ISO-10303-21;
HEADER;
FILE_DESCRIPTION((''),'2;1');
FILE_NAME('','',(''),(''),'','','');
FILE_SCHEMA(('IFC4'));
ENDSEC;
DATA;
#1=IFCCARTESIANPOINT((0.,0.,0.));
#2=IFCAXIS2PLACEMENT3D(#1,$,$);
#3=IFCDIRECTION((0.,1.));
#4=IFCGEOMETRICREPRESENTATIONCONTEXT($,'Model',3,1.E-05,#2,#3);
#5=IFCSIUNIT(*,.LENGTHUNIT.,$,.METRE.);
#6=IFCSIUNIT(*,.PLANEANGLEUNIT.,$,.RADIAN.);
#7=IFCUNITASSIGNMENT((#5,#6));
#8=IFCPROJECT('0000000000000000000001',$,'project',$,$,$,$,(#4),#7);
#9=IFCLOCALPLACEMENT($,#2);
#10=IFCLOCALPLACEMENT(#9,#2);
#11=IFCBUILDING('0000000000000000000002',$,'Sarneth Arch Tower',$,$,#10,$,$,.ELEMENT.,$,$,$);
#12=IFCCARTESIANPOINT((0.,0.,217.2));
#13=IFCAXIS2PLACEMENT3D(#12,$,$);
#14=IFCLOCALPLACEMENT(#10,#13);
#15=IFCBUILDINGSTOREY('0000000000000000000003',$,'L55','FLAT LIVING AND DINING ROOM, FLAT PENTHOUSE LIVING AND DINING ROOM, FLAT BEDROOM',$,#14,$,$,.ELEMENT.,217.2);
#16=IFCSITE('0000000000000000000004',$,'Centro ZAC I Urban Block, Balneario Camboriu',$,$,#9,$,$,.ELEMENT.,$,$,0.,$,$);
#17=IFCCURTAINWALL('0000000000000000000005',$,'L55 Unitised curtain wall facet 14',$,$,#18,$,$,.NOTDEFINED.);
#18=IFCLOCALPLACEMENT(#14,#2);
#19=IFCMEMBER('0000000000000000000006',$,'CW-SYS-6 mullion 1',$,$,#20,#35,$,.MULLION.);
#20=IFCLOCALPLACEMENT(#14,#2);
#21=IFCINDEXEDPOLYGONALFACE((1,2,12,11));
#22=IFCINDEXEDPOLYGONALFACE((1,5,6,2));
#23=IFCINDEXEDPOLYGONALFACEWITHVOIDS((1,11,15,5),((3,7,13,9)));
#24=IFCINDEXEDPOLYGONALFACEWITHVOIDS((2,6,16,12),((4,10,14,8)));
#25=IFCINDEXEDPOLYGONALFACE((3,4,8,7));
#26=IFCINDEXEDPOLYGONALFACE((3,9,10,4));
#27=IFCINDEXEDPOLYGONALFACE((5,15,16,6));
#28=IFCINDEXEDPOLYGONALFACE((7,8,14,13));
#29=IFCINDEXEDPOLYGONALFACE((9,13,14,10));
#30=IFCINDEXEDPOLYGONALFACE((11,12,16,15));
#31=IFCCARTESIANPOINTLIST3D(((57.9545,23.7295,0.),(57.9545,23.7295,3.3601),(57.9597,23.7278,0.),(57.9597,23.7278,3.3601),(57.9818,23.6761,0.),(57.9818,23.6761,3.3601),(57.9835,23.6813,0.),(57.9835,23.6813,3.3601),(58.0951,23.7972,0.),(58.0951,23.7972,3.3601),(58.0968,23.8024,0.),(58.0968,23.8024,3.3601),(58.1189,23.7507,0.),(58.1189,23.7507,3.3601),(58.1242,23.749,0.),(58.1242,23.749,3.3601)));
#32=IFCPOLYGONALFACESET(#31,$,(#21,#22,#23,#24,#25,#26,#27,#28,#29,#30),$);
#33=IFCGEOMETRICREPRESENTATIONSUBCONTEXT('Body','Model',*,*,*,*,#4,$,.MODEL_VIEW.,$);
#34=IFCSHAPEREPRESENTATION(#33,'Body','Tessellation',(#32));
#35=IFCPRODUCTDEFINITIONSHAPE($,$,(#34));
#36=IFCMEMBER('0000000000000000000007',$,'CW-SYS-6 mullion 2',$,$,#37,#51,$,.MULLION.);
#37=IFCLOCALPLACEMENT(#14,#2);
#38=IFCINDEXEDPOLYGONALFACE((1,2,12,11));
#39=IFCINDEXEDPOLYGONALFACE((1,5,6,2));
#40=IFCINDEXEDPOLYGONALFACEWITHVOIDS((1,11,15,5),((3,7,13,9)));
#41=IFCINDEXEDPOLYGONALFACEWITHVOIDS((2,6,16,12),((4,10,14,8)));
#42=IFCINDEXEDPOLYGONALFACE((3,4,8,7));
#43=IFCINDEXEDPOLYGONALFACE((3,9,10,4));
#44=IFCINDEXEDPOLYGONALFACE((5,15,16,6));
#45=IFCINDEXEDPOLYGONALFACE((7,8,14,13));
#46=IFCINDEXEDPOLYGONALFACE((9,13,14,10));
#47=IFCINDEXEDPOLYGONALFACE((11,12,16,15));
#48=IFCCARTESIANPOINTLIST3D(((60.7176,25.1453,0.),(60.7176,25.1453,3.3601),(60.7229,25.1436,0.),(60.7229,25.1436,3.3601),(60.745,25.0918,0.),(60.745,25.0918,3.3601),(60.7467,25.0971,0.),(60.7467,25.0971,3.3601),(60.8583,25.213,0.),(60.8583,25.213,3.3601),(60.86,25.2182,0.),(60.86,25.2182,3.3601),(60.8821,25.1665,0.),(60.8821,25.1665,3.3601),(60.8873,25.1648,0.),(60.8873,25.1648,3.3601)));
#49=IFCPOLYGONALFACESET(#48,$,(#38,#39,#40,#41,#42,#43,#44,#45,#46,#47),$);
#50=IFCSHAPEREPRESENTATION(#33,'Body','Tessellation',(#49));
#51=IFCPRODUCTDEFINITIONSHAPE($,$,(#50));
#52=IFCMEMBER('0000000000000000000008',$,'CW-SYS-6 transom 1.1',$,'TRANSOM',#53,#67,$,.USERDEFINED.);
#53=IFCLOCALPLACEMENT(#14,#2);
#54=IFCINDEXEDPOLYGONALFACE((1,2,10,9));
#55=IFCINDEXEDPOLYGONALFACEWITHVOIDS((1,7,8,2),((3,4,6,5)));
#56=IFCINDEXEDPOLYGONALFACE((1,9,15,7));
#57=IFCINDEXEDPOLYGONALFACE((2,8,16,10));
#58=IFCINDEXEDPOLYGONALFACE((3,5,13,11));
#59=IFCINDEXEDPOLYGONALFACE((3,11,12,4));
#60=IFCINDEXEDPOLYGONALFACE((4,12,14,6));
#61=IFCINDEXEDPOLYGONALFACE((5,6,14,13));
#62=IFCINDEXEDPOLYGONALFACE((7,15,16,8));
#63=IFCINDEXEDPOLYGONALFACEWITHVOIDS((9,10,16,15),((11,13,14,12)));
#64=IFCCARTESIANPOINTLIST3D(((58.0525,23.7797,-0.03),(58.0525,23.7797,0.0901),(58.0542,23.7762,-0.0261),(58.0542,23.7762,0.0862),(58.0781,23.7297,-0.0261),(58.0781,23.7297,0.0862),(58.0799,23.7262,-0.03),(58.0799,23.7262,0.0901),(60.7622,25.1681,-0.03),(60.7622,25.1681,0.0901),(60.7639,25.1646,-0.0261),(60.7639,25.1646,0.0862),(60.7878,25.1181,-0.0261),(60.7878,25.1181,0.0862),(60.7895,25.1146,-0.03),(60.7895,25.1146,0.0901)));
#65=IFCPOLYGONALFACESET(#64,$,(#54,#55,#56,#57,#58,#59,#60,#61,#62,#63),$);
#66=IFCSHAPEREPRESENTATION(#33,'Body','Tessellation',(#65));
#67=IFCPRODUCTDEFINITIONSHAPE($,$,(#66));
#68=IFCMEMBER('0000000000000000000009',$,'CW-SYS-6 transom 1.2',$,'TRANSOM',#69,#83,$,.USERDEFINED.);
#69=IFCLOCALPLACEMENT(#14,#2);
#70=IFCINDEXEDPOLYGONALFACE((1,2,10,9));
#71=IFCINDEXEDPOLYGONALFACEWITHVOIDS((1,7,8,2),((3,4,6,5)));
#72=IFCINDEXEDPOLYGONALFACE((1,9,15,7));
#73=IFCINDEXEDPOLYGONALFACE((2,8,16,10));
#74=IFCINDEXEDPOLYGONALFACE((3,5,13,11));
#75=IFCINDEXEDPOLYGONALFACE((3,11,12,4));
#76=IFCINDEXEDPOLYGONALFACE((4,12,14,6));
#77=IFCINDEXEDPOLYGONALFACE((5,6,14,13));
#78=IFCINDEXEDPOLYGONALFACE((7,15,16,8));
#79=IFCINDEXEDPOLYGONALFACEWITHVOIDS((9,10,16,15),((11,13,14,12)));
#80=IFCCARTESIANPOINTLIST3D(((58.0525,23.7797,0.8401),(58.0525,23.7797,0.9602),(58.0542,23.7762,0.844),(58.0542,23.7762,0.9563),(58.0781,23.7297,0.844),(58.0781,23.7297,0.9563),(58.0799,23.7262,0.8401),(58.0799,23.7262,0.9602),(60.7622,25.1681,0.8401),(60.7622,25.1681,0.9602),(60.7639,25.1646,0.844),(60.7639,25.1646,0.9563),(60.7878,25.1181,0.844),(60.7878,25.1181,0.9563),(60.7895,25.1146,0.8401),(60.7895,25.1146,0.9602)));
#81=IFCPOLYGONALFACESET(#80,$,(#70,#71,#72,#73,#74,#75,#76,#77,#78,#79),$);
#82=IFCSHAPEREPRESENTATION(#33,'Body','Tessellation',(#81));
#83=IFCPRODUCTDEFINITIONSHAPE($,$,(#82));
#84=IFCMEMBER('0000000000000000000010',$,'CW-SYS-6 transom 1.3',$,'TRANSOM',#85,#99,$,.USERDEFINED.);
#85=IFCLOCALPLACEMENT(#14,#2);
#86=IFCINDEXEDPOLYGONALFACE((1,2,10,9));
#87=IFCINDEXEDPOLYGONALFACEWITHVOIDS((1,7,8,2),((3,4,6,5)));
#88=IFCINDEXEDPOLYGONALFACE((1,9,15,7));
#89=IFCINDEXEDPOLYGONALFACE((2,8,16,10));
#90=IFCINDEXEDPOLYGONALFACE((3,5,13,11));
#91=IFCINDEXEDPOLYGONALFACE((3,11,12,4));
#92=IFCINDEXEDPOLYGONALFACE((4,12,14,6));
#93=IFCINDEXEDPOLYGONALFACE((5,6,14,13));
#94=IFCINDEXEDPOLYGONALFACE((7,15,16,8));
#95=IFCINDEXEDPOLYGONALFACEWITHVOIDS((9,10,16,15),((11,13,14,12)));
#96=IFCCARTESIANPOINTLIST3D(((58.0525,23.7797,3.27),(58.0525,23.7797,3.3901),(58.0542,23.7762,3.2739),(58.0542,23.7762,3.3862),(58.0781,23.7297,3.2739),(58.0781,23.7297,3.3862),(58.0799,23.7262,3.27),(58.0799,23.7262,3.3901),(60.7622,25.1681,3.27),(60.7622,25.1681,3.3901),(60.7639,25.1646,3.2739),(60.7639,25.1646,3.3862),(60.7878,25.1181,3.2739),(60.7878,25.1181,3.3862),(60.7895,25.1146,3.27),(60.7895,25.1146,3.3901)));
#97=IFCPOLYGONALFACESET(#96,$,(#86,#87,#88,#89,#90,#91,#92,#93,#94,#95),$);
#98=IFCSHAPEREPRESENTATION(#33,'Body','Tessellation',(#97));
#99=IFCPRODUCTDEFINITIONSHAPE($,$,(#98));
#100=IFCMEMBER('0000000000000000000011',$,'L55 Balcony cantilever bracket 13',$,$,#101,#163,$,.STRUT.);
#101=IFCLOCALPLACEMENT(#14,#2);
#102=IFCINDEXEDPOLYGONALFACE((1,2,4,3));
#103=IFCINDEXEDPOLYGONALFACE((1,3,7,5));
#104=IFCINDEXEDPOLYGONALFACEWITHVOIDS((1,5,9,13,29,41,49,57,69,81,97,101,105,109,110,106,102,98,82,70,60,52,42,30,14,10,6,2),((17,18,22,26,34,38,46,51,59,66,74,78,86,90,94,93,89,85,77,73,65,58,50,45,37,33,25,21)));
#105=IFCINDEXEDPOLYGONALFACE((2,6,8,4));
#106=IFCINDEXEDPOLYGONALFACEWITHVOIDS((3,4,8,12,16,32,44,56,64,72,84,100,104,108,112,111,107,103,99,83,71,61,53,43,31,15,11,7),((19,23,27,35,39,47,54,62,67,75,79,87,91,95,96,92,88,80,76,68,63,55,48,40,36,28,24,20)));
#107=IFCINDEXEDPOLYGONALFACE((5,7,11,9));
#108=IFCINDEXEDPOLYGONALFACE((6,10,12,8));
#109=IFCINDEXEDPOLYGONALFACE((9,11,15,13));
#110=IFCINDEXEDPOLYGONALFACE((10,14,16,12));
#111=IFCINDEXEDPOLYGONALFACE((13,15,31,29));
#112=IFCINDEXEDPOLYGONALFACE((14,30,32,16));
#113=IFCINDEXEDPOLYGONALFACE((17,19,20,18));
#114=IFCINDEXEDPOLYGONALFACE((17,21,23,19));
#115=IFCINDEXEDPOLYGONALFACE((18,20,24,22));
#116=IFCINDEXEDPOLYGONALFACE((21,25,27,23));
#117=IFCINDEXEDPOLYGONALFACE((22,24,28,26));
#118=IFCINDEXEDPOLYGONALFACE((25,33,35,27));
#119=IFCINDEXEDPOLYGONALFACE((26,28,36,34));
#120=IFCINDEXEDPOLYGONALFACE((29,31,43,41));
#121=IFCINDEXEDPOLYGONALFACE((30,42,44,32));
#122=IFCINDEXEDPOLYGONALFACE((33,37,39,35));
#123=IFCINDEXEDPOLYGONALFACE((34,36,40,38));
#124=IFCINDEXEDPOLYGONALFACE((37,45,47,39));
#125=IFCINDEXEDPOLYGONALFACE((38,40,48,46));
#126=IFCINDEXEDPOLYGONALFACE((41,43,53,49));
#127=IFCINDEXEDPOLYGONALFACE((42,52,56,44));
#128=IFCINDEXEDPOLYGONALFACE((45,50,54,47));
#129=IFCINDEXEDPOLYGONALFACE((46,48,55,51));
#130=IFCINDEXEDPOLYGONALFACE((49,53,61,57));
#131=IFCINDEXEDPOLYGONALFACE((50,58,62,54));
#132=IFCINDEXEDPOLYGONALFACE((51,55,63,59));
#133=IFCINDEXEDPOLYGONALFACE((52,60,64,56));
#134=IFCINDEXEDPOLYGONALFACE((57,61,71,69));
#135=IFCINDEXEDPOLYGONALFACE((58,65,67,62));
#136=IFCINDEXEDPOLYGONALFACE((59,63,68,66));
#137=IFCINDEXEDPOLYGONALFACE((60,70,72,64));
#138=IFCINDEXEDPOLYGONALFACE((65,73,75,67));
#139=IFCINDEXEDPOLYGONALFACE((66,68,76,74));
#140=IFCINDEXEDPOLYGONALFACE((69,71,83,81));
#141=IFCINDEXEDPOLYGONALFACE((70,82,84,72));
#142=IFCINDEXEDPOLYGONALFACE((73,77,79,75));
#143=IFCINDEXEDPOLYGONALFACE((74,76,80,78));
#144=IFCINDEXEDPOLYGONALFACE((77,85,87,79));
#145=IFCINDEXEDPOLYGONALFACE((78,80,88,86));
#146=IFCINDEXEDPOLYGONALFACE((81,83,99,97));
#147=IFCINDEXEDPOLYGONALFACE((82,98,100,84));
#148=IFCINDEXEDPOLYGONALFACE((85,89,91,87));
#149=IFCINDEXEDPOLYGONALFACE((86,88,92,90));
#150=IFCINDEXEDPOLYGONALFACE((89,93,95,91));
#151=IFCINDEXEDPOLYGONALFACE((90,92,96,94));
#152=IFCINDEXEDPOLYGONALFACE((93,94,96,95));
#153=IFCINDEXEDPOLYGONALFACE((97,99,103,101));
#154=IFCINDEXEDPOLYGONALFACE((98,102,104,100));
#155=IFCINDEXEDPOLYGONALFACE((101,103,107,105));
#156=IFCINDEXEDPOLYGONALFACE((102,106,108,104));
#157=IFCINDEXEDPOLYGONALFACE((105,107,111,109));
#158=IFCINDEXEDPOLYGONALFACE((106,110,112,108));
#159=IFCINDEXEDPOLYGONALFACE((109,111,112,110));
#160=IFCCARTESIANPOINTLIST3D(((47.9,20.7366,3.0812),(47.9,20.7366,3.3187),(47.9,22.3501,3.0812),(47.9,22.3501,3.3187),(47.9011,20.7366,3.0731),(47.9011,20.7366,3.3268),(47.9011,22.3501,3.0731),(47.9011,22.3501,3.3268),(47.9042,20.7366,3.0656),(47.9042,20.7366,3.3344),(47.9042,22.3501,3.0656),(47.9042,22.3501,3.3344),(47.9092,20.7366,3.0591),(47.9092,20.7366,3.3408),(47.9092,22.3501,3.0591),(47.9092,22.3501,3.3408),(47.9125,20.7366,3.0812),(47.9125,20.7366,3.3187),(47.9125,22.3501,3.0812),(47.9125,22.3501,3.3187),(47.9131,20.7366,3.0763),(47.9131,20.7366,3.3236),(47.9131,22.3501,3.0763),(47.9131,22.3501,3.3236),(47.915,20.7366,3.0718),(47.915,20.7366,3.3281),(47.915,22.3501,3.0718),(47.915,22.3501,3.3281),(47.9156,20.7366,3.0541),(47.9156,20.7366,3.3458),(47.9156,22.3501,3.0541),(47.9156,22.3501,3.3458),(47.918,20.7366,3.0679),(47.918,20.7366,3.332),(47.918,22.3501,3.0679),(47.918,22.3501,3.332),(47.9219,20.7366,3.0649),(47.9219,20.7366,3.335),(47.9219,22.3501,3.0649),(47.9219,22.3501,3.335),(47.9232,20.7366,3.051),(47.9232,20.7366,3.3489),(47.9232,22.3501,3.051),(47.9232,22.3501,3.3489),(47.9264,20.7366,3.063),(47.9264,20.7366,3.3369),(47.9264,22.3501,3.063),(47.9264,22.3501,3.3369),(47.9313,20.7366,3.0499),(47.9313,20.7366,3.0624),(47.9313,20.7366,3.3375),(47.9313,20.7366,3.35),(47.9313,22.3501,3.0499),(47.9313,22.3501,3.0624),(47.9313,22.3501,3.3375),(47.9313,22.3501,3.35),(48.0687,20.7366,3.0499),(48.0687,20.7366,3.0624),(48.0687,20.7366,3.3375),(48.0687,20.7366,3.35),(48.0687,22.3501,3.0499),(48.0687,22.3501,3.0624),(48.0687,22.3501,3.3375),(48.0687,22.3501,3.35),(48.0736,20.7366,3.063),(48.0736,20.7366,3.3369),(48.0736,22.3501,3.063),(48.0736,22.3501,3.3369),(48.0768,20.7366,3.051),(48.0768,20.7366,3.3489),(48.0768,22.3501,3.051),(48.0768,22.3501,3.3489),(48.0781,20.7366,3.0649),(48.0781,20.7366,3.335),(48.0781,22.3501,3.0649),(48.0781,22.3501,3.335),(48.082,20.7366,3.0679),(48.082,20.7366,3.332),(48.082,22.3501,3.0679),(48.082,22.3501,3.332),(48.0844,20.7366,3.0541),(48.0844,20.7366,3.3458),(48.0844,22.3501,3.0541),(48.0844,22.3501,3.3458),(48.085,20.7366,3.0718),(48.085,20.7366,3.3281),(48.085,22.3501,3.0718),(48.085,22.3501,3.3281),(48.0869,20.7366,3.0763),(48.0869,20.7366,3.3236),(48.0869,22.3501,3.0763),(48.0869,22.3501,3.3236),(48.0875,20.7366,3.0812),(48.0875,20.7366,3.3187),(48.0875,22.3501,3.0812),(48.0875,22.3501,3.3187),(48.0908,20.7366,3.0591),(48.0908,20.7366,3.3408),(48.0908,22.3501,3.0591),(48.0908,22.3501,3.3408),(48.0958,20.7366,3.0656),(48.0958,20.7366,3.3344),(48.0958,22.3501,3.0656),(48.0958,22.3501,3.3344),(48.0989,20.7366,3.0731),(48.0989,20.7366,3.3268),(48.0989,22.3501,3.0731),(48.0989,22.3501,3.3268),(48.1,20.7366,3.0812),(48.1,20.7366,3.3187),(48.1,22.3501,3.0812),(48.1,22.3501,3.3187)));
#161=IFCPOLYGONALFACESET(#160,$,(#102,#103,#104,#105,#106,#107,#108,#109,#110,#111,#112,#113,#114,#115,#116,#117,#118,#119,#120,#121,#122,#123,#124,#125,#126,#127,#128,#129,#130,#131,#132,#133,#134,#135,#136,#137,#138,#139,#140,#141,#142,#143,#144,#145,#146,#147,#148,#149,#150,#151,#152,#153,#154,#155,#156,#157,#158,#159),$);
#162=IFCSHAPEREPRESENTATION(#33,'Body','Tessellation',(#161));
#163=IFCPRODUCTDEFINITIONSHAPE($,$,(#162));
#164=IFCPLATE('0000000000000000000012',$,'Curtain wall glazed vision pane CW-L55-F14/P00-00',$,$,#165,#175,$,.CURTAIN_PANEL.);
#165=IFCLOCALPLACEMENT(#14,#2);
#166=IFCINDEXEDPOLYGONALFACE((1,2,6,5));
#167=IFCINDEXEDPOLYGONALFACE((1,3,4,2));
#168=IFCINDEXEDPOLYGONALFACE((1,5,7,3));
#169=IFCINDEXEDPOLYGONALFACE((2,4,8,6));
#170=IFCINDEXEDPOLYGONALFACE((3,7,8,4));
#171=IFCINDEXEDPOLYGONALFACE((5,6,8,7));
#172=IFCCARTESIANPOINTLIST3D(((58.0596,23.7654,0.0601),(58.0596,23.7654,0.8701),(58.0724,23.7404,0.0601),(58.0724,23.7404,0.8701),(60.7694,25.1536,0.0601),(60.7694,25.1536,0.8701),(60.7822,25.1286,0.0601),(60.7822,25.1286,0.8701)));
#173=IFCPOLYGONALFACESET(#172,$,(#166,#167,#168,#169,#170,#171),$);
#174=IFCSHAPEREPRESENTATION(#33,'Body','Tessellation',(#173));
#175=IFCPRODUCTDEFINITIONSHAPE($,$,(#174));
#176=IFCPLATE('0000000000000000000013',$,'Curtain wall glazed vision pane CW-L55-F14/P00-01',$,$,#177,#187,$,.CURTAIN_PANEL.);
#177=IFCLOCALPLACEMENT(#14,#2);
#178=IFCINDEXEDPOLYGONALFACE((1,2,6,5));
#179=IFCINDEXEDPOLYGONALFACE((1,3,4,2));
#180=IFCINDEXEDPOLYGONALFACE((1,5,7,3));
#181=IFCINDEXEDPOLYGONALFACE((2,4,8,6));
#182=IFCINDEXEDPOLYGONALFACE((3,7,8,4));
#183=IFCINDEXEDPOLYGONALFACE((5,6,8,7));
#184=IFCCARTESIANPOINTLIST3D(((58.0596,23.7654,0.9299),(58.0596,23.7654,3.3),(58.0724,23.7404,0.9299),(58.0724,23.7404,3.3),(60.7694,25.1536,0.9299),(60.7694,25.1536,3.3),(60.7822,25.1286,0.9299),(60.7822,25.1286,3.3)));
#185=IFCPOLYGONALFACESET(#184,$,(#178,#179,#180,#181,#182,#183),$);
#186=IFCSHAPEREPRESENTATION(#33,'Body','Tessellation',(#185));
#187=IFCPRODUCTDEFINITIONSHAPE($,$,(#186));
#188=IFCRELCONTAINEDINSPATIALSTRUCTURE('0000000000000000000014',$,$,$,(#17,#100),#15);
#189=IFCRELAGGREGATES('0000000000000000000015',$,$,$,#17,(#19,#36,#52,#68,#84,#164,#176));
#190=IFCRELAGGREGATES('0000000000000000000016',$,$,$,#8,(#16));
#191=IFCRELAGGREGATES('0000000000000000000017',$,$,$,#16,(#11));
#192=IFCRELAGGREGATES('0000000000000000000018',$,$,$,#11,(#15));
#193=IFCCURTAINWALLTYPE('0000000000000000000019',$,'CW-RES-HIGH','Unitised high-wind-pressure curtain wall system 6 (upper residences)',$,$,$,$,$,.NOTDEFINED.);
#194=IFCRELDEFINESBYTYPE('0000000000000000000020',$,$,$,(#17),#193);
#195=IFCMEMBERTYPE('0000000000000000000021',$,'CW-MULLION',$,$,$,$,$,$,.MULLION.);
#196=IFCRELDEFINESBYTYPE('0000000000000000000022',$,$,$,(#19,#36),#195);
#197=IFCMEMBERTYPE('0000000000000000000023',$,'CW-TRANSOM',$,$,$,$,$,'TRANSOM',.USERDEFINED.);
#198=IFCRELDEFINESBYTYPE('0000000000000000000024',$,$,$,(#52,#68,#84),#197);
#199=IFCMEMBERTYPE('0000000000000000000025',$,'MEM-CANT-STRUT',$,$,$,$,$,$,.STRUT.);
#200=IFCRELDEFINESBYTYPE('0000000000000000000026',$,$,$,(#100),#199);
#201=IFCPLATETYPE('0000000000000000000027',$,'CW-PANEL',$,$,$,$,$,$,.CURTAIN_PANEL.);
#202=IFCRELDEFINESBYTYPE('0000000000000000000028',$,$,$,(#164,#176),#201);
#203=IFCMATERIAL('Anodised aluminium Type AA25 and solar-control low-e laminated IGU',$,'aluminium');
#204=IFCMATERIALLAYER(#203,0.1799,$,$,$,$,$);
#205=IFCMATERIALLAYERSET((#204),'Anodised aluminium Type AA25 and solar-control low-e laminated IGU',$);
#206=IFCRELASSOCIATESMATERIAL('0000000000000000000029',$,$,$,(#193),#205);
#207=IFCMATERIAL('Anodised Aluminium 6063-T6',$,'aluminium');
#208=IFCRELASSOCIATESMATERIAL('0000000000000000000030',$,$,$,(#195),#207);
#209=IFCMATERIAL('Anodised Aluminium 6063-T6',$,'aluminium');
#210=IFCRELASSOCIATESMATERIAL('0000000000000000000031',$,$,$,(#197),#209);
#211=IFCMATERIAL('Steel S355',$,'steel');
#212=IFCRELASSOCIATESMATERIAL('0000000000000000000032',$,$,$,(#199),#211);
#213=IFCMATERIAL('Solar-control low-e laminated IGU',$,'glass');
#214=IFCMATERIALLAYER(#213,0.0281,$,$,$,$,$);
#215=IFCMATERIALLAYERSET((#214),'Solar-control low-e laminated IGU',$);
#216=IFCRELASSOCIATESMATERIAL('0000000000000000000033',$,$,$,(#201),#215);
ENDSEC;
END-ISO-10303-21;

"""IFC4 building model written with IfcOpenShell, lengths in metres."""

from ifc_helpers import new_model, si_unit, direction, frame, origin, origin_2d, place, context, subcontext, project, spatial, rectangle, hollow_rectangle, extrude, material, layer, layer_set, material_profile, profile_set, type_object, element, aggregate, save


model = new_model("IFC4")

# Units and contexts
model_context = context("Model", 3, precision=1e-05, world=origin(), true_north=direction((0.0, 1.0)))
body_context = subcontext(model_context, "Body", "Model", "MODEL_VIEW")
ifc_project = project(units=[si_unit("LENGTHUNIT", "METRE"), si_unit("PLANEANGLEUNIT", "RADIAN")], contexts=[model_context])

# Site, building, storey
site_placement = place(None, origin())
site = spatial("IfcSite", under=ifc_project, at=site_placement, Name="Centro ZAC I Urban Block, Balneario Camboriu", CompositionType="ELEMENT", RefElevation=0.0)
building_placement = place(site_placement, origin())
building = spatial("IfcBuilding", under=site, at=building_placement, Name="Sarneth Arch Tower", CompositionType="ELEMENT")
storey_placement = place(building_placement, frame((0.0, 0.0, 217.2)))
storey = spatial("IfcBuildingStorey", under=building, at=storey_placement, Name="L55", Description="FLAT LIVING AND DINING ROOM, FLAT PENTHOUSE LIVING AND DINING ROOM, FLAT BEDROOM", CompositionType="ELEMENT", Elevation=217.2)

# Curtain wall, members
ifc_material_1 = material(Name="Anodised aluminium Type AA25 and solar-control low-e laminated IGU", Category="aluminium")
ifc_layer_1 = layer(ifc_material_1, 0.1799)
ifc_layer_set_1 = layer_set([ifc_layer_1], Name="Anodised aluminium Type AA25 and solar-control low-e laminated IGU")
curtain_wall_type = type_object("IfcCurtainWallType", Name="CW-RES-HIGH", Description="Unitised high-wind-pressure curtain wall system 6 (upper residences)", PredefinedType="NOTDEFINED", material=ifc_layer_set_1)
curtain_wall_placement = place(storey_placement, origin())
curtain_wall = element("IfcCurtainWall", 1, at=curtain_wall_placement, inside=storey, type_object=curtain_wall_type, Name="L55 Unitised curtain wall facet 14", PredefinedType="NOTDEFINED")
ifc_material_2 = material(Name="Anodised Aluminium 6063-T6", Category="aluminium")
ifc_material_profile_1 = material_profile(ifc_material_2, hollow_rectangle(XDim=0.0601, YDim=0.1599, WallThickness=0.0039, at=origin_2d()), Name="AL-MULL-160x60x4")
ifc_profile_set_1 = profile_set([ifc_material_profile_1], Name="Anodised Aluminium 6063-T6")
member_type_1 = type_object("IfcMemberType", Name="CW-MULLION", PredefinedType="MULLION", material=ifc_profile_set_1)
member_1_placement = place(storey_placement, frame((58.0393, 23.7393, 0.0), z_axis=(0.0, 0.0, 1.0), x_axis=(-0.455942, 0.89001, 0.0)))
member_1 = element("IfcMember", 2, at=member_1_placement, type_object=member_type_1, Name="CW-SYS-6 mullion 1", PredefinedType="MULLION", context=body_context, shape_type="SweptSolid", body=[
    extrude(hollow_rectangle(XDim=0.0601, YDim=0.1599, WallThickness=0.0039, at=origin_2d()), origin(), (0.0, 0.0, 1.0), 3.3601),
])
member_2_placement = place(storey_placement, frame((60.8025, 25.155, 0.0), z_axis=(0.0, 0.0, 1.0), x_axis=(-0.455942, 0.89001, 0.0)))
member_2 = element("IfcMember", 3, at=member_2_placement, type_object=member_type_1, Name="CW-SYS-6 mullion 2", PredefinedType="MULLION", context=body_context, shape_type="SweptSolid", body=[
    extrude(hollow_rectangle(XDim=0.0601, YDim=0.1599, WallThickness=0.0039, at=origin_2d()), origin(), (0.0, 0.0, 1.0), 3.3601),
])
ifc_material_3 = material(Name="Anodised Aluminium 6063-T6", Category="aluminium")
ifc_material_profile_2 = material_profile(ifc_material_3, hollow_rectangle(XDim=0.0601, YDim=0.1201, WallThickness=0.0039, at=origin_2d()), Name="AL-TRAN-120x60x4")
ifc_profile_set_2 = profile_set([ifc_material_profile_2], Name="Anodised Aluminium 6063-T6")
member_type_2 = type_object("IfcMemberType", Name="CW-TRANSOM", ElementType="TRANSOM", PredefinedType="USERDEFINED", material=ifc_profile_set_2)
member_3_placement = place(storey_placement, frame((58.0662, 23.7529, 0.03), z_axis=(0.889974, 0.456012, 0.0), x_axis=(-0.456012, 0.889974, 0.0)))
member_3 = element("IfcMember", 4, at=member_3_placement, type_object=member_type_2, Name="CW-SYS-6 transom 1.1", ObjectType="TRANSOM", PredefinedType="USERDEFINED", context=body_context, shape_type="SweptSolid", body=[
    extrude(hollow_rectangle(XDim=0.0601, YDim=0.1201, WallThickness=0.0039, at=origin_2d()), origin(), (0.0, 0.0, 1.0), 3.0447),
])
member_4_placement = place(storey_placement, frame((58.0662, 23.7529, 0.9001), z_axis=(0.889974, 0.456012, 0.0), x_axis=(-0.456012, 0.889974, 0.0)))
member_4 = element("IfcMember", 5, at=member_4_placement, type_object=member_type_2, Name="CW-SYS-6 transom 1.2", ObjectType="TRANSOM", PredefinedType="USERDEFINED", context=body_context, shape_type="SweptSolid", body=[
    extrude(hollow_rectangle(XDim=0.0601, YDim=0.1201, WallThickness=0.0039, at=origin_2d()), origin(), (0.0, 0.0, 1.0), 3.0447),
])
member_5_placement = place(storey_placement, frame((58.0662, 23.7529, 3.3301), z_axis=(0.889974, 0.456012, 0.0), x_axis=(-0.456012, 0.889974, 0.0)))
member_5 = element("IfcMember", 6, at=member_5_placement, type_object=member_type_2, Name="CW-SYS-6 transom 1.3", ObjectType="TRANSOM", PredefinedType="USERDEFINED", context=body_context, shape_type="SweptSolid", body=[
    extrude(hollow_rectangle(XDim=0.0601, YDim=0.1201, WallThickness=0.0039, at=origin_2d()), origin(), (0.0, 0.0, 1.0), 3.0447),
])

# Member
ifc_material_4 = material(Name="Steel S355", Category="steel")
ifc_material_profile_3 = material_profile(ifc_material_4, hollow_rectangle(XDim=0.2, YDim=0.3, WallThickness=0.0125, InnerFilletRadius=0.0188, OuterFilletRadius=0.0312, at=origin_2d()), Name="RHS300x200x12.5")
ifc_profile_set_3 = profile_set([ifc_material_profile_3], Name="Steel S355")
member_type_3 = type_object("IfcMemberType", Name="MEM-CANT-STRUT", PredefinedType="STRUT", material=ifc_profile_set_3)
member_6_placement = place(storey_placement, frame((48.0, 22.3501, 3.2), z_axis=(0.0, -1.0, 0.0), x_axis=(1.0, 0.0, 0.0)))
element("IfcMember", 7, at=member_6_placement, inside=storey, type_object=member_type_3, Name="L55 Balcony cantilever bracket 13", PredefinedType="STRUT", context=body_context, shape_type="SweptSolid", body=[
    extrude(hollow_rectangle(XDim=0.2, YDim=0.3, WallThickness=0.0125, InnerFilletRadius=0.0188, OuterFilletRadius=0.0312, at=origin_2d()), origin(), (0.0, 0.0, 1.0), 1.6135),
])

# Plates
ifc_material_5 = material(Name="Solar-control low-e laminated IGU", Category="glass")
ifc_layer_2 = layer(ifc_material_5, 0.0281)
ifc_layer_set_2 = layer_set([ifc_layer_2], Name="Solar-control low-e laminated IGU")
plate_type_1 = type_object("IfcPlateType", Name="CW-PANEL", PredefinedType="CURTAIN_PANEL", material=ifc_layer_set_2)
plate_1_placement = place(storey_placement, frame((59.4209, 24.447, 0.0601), z_axis=(0.0, 0.0, 1.0), x_axis=(0.89001, 0.455942, 0.0)))
plate_1 = element("IfcPlate", 8, at=plate_1_placement, type_object=plate_type_1, Name="Curtain wall glazed vision pane CW-L55-F14/P00-00", PredefinedType="CURTAIN_PANEL", context=body_context, shape_type="SweptSolid", body=[
    extrude(rectangle(XDim=3.0447, YDim=0.0281, at=origin_2d()), origin(), (0.0, 0.0, 1.0), 0.8101),
])
plate_2_placement = place(storey_placement, frame((59.4209, 24.447, 0.9299), z_axis=(0.0, 0.0, 1.0), x_axis=(0.89001, 0.455942, 0.0)))
plate_2 = element("IfcPlate", 9, at=plate_2_placement, type_object=plate_type_1, Name="Curtain wall glazed vision pane CW-L55-F14/P00-01", PredefinedType="CURTAIN_PANEL", context=body_context, shape_type="SweptSolid", body=[
    extrude(rectangle(XDim=3.0447, YDim=0.0281, at=origin_2d()), origin(), (0.0, 0.0, 1.0), 2.3701),
])
aggregate(curtain_wall, [member_1, member_2, member_3, member_4, member_5, plate_1, plate_2])

save(model, "model.ifc")
